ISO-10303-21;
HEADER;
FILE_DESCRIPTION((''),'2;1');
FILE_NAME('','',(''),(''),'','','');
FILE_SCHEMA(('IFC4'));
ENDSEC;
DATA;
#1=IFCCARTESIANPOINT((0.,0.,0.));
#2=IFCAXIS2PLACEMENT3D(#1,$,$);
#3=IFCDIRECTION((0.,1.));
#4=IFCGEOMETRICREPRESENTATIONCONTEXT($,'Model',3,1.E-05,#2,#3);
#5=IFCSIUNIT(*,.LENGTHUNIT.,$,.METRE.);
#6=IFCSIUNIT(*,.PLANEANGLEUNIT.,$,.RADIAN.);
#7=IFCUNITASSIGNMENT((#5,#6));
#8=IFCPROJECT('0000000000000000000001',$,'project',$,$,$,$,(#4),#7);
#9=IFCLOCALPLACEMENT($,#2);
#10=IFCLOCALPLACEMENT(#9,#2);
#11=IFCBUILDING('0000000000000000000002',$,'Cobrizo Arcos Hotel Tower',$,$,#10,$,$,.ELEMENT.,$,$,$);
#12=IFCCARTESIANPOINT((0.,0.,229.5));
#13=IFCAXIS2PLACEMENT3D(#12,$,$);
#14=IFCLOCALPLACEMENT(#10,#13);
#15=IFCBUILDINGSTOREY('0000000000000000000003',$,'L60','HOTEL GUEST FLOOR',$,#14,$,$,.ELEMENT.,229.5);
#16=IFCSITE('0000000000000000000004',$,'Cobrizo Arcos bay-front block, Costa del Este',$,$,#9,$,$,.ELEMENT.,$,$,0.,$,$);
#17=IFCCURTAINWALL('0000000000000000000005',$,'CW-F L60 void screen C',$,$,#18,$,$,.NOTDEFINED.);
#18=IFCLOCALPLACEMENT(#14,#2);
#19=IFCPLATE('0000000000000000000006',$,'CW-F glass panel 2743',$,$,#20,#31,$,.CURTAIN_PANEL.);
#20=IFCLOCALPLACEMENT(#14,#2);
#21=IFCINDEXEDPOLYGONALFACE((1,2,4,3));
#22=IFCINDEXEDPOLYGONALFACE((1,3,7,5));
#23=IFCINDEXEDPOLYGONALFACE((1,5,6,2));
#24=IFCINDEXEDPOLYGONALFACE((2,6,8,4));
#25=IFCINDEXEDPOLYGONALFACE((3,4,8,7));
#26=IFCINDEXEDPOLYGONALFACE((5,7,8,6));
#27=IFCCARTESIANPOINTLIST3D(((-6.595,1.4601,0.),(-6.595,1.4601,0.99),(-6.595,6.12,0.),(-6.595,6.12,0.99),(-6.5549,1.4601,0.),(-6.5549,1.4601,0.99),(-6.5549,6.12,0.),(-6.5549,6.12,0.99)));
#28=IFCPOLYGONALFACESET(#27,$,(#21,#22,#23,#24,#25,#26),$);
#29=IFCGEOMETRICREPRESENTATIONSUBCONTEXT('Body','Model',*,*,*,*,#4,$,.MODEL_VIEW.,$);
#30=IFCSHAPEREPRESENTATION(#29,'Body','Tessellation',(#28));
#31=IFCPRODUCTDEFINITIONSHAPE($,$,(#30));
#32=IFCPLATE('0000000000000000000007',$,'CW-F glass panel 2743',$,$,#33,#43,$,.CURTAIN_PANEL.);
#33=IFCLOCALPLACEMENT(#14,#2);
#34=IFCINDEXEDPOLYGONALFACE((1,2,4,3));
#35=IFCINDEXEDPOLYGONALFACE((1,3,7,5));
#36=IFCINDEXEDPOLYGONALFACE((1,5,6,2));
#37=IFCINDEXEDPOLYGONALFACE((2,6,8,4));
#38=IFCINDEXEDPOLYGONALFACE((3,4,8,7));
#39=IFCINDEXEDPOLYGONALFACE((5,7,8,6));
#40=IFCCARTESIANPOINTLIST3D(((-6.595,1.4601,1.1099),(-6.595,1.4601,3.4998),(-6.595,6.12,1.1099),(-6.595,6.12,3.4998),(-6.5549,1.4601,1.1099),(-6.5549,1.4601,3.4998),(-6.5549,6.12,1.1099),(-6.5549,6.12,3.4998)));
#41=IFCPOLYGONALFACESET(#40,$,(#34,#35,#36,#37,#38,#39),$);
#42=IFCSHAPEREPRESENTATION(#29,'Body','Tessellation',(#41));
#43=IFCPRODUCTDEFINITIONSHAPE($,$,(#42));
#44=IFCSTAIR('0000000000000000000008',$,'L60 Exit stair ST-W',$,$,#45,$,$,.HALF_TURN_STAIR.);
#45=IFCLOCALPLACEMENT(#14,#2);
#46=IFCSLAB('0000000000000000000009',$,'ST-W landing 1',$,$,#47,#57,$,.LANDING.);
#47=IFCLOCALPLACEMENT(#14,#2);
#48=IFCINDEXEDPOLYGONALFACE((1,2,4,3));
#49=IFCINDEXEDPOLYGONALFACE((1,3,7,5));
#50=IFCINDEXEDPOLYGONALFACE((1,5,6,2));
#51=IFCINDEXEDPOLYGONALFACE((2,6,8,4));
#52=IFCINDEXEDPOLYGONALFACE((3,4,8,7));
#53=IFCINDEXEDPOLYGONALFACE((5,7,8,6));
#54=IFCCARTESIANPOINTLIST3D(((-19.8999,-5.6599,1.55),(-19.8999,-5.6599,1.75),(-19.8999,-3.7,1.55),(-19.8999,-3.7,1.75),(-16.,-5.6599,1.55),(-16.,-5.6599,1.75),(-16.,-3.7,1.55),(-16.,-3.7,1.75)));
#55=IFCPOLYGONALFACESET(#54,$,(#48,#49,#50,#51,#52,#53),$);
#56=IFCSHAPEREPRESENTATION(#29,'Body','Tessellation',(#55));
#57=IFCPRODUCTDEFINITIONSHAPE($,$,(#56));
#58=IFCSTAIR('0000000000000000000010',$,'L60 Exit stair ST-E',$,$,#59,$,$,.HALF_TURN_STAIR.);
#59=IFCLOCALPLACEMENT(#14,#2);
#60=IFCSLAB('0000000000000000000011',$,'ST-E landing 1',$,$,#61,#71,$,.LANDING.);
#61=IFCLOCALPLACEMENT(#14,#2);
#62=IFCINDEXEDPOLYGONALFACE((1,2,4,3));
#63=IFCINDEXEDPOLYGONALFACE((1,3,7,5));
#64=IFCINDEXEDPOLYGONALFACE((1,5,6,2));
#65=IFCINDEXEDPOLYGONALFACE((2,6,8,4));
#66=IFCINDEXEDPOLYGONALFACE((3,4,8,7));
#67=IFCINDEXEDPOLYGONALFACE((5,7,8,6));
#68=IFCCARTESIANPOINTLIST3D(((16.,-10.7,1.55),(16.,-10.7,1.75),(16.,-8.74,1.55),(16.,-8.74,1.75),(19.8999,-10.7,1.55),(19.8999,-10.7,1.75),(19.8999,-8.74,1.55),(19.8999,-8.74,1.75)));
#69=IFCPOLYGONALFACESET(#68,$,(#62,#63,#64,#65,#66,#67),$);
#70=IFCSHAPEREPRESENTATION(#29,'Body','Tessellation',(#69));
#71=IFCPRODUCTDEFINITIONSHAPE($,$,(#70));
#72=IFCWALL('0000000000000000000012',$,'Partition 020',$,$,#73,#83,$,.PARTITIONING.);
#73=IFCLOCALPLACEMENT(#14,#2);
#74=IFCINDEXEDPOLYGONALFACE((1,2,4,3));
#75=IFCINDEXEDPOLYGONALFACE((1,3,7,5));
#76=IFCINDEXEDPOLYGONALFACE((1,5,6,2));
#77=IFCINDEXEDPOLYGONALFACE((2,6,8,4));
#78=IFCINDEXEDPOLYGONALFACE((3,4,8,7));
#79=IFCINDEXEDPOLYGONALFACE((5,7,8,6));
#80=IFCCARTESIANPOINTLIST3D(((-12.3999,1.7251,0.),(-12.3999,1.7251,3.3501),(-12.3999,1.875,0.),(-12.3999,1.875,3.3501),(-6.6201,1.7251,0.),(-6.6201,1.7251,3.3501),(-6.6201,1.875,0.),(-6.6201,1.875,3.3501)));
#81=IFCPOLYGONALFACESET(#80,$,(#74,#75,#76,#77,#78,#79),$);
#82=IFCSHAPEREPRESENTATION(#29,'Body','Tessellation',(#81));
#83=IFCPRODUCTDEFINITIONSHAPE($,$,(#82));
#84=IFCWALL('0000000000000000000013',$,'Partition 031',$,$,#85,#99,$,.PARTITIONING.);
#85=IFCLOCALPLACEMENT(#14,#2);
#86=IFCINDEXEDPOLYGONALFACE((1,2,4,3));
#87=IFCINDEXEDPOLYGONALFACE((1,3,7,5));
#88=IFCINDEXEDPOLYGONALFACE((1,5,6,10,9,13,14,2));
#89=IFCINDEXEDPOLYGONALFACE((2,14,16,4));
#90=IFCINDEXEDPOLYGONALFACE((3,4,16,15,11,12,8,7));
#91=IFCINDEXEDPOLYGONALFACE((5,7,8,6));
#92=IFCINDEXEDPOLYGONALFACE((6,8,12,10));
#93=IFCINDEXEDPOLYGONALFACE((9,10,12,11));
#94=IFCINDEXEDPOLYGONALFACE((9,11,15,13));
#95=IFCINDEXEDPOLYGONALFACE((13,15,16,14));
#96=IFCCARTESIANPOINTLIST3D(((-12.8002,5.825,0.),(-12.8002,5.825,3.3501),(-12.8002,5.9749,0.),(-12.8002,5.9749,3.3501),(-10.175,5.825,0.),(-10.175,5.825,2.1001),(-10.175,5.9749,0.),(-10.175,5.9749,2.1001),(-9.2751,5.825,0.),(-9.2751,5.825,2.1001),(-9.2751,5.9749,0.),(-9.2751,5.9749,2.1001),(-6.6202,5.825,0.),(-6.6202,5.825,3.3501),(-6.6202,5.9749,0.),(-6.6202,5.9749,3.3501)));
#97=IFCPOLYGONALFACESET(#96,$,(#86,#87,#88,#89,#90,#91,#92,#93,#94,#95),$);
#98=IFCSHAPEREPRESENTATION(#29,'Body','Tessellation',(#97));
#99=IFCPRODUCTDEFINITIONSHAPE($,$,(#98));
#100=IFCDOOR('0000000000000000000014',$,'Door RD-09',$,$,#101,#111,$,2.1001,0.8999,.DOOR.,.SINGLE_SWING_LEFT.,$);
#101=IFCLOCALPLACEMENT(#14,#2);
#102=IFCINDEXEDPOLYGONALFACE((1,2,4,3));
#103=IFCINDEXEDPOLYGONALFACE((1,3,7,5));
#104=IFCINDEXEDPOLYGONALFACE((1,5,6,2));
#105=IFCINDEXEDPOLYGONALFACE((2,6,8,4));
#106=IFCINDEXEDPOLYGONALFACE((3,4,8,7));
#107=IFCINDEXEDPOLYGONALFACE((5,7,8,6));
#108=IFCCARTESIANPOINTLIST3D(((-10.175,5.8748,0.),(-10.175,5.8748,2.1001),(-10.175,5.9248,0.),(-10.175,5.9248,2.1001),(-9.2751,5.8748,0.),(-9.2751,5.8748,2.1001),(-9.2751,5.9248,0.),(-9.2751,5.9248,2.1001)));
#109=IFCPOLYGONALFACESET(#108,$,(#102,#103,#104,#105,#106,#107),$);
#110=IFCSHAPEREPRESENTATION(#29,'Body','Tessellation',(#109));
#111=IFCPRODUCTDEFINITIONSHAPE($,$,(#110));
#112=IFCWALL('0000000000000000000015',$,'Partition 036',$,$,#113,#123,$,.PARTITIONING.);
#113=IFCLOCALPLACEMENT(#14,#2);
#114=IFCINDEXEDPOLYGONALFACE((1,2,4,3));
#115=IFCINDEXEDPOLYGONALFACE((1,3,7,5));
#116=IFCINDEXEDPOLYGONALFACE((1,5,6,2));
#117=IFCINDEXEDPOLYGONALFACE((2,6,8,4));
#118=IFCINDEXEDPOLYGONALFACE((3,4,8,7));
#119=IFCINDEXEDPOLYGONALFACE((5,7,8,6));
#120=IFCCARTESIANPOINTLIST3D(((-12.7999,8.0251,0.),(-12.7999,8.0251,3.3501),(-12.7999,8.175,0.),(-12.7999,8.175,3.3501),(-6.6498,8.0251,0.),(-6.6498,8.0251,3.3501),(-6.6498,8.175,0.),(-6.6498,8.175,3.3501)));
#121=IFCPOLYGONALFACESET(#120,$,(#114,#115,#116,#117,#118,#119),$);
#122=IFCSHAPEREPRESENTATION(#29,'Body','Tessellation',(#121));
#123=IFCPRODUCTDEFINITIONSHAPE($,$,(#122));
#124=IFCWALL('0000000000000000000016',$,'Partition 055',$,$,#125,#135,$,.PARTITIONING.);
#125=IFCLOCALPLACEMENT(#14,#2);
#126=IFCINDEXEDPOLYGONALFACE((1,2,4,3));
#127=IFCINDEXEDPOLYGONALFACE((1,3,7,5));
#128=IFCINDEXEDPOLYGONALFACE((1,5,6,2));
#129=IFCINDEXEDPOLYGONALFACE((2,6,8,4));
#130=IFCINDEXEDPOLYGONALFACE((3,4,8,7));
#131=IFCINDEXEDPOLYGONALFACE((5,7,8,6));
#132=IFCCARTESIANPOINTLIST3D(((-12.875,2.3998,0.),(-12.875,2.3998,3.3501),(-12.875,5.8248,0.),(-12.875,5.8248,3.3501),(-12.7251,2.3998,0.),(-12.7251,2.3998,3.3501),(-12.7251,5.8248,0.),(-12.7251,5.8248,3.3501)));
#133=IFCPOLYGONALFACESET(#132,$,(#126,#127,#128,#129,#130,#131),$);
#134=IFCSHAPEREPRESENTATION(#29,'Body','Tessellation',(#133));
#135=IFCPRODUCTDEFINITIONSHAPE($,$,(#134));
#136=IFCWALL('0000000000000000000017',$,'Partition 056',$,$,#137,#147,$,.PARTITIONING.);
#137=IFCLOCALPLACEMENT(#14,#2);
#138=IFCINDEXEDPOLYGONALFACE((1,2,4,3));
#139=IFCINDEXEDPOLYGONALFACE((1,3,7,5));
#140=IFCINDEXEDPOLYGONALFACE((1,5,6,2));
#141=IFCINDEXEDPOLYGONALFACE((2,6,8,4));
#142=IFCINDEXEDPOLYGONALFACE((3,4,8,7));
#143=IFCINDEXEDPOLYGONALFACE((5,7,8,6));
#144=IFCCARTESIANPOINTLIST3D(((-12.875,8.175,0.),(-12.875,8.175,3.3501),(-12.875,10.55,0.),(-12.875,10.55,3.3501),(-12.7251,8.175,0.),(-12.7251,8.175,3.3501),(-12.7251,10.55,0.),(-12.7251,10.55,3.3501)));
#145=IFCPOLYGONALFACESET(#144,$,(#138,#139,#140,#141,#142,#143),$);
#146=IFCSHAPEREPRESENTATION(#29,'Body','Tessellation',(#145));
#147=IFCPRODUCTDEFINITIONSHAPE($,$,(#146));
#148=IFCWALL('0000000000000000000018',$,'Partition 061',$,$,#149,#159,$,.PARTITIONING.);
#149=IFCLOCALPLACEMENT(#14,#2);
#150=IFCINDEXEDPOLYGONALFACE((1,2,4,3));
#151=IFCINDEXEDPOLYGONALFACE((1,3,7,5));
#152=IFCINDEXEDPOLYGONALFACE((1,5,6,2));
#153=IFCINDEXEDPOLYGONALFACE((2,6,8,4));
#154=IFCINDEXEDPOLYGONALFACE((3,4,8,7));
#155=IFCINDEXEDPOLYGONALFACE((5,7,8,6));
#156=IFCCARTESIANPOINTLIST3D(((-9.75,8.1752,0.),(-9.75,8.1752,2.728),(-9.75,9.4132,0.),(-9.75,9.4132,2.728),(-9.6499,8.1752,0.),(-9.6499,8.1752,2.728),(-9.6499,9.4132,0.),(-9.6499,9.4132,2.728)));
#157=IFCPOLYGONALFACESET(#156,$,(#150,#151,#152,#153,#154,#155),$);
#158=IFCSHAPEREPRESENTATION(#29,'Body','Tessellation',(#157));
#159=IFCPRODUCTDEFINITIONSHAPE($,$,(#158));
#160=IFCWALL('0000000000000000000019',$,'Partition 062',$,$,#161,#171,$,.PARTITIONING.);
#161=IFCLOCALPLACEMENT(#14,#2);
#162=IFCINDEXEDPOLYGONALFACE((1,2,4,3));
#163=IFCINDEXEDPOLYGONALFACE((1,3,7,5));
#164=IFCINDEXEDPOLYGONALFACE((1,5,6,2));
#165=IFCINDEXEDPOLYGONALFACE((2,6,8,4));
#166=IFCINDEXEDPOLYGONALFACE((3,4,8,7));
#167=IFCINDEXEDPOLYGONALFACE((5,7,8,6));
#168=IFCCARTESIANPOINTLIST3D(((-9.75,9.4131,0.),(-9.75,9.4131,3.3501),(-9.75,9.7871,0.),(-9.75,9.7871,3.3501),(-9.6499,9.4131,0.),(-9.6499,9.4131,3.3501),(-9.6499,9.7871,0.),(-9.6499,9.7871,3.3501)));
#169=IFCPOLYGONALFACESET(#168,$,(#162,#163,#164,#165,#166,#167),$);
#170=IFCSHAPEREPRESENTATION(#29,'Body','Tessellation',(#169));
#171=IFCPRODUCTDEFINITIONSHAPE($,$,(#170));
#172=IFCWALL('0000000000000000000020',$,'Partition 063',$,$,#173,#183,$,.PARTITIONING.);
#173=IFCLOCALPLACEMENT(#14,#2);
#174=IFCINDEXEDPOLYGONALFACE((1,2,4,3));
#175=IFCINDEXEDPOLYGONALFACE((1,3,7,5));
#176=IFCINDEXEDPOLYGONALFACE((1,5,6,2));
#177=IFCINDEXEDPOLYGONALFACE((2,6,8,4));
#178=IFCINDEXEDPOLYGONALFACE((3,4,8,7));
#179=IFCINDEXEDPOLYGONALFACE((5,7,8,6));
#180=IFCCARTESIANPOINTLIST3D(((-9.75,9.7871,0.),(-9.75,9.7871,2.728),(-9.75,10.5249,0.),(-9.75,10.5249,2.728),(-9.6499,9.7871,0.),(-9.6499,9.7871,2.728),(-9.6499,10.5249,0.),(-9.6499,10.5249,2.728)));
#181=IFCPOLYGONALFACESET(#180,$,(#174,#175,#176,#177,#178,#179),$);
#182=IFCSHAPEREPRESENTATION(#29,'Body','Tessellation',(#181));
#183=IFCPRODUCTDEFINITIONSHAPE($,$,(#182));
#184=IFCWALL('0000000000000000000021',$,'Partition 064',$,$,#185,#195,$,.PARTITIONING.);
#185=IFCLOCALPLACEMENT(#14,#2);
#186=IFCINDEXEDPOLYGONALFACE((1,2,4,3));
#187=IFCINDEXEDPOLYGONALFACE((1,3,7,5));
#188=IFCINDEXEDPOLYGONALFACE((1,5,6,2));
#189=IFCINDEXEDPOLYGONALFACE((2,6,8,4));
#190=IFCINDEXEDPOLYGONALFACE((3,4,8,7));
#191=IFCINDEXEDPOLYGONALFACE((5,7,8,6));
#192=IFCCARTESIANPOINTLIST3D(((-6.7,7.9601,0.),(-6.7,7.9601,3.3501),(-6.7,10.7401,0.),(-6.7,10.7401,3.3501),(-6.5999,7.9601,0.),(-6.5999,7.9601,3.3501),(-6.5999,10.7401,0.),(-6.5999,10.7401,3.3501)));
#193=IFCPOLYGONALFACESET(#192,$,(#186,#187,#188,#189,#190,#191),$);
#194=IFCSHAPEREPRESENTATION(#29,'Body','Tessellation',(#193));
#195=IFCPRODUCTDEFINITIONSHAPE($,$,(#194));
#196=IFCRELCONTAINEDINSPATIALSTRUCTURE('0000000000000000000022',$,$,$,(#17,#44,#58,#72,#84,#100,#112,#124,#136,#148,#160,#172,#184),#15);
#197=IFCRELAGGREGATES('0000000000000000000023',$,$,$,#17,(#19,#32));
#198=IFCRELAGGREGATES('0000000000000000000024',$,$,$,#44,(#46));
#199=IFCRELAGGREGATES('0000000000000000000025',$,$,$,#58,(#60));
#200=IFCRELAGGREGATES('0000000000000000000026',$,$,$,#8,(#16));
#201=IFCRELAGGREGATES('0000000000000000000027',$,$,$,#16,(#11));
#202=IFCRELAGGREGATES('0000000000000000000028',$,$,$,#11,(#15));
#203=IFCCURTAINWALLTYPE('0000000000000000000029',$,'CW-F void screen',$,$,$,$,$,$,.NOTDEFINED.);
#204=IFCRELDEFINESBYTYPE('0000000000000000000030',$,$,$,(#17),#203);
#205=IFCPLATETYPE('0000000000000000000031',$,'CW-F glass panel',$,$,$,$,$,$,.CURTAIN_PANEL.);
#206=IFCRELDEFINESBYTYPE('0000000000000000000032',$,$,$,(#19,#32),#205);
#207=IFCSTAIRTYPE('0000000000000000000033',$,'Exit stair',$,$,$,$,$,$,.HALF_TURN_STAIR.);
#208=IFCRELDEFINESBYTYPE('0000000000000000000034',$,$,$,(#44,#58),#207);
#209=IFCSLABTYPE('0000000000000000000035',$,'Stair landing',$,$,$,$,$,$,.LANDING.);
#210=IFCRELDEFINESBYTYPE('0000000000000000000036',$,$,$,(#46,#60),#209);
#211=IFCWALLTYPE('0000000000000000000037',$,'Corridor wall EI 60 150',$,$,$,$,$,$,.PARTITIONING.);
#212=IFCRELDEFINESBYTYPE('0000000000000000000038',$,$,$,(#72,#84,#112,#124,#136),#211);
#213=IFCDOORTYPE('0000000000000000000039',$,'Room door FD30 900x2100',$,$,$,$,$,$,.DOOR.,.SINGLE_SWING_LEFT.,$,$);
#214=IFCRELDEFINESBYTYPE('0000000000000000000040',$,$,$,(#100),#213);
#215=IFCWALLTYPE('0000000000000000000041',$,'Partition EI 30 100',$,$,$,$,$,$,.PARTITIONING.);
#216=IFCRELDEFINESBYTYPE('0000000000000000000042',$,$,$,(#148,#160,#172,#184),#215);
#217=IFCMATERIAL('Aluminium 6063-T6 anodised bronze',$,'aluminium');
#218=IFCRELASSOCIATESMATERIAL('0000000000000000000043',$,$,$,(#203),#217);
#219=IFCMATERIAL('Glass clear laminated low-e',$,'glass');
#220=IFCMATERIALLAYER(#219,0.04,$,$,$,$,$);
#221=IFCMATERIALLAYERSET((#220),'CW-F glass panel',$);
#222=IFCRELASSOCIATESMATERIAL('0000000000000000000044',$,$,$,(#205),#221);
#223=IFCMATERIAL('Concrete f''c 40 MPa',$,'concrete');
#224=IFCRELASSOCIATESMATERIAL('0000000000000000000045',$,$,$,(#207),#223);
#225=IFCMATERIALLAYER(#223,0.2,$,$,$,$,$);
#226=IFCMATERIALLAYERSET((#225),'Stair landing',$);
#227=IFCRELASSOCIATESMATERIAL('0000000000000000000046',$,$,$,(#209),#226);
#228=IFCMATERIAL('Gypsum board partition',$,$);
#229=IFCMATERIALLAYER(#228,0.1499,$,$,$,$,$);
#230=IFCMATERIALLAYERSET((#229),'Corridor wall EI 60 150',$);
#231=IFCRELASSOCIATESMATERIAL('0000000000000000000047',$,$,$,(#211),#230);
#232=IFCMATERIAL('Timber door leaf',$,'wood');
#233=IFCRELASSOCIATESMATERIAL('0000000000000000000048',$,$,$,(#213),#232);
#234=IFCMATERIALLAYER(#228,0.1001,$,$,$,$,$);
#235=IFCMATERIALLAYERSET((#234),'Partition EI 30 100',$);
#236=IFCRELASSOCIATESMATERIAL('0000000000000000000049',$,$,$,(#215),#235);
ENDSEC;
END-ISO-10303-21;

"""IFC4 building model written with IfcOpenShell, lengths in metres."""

from ifc_helpers import new_model, si_unit, direction, frame, frame_2d, origin, origin_2d, place, context, subcontext, project, spatial, polyline, rectangle, outline, extrude, material, layer, layer_set, type_object, element, fill, aggregate, save


model = new_model("IFC4")

# Units and contexts
model_context = context("Model", 3, precision=1e-05, world=origin(), true_north=direction((0.0, 1.0)))
body_context = subcontext(model_context, "Body", "Model", "MODEL_VIEW")
ifc_project = project(units=[si_unit("LENGTHUNIT", "METRE"), si_unit("PLANEANGLEUNIT", "RADIAN")], contexts=[model_context])

# Site, building, storey
site_placement = place(None, origin())
site = spatial("IfcSite", under=ifc_project, at=site_placement, Name="Cobrizo Arcos bay-front block, Costa del Este", CompositionType="ELEMENT", RefElevation=0.0)
building_placement = place(site_placement, origin())
building = spatial("IfcBuilding", under=site, at=building_placement, Name="Cobrizo Arcos Hotel Tower", CompositionType="ELEMENT")
storey_placement = place(building_placement, frame((0.0, 0.0, 229.5)))
storey = spatial("IfcBuildingStorey", under=building, at=storey_placement, Name="L60", Description="HOTEL GUEST FLOOR", CompositionType="ELEMENT", Elevation=229.5)

# Curtain wall
ifc_material_1 = material(Name="Aluminium 6063-T6 anodised bronze", Category="aluminium")
curtain_wall_type = type_object("IfcCurtainWallType", Name="CW-F void screen", PredefinedType="NOTDEFINED", material=ifc_material_1)
curtain_wall_placement = place(storey_placement, origin())
curtain_wall = element("IfcCurtainWall", 1, at=curtain_wall_placement, inside=storey, type_object=curtain_wall_type, Name="CW-F L60 void screen C", PredefinedType="NOTDEFINED")

# Plates
ifc_material_2 = material(Name="Glass clear laminated low-e", Category="glass")
ifc_layer_1 = layer(ifc_material_2, 0.04)
ifc_layer_set_1 = layer_set([ifc_layer_1], Name="CW-F glass panel")
plate_type = type_object("IfcPlateType", Name="CW-F glass panel", PredefinedType="CURTAIN_PANEL", material=ifc_layer_set_1)
plate_1_placement = place(storey_placement, frame((-6.575, 3.79, 0.0), z_axis=(0.0, 0.0, 1.0), x_axis=(0.0, -1.0, 0.0)))
plate_1 = element("IfcPlate", 2, at=plate_1_placement, type_object=plate_type, Name="CW-F glass panel 2743", PredefinedType="CURTAIN_PANEL", context=body_context, shape_type="SweptSolid", body=[
    extrude(rectangle(XDim=4.6599, YDim=0.04, at=origin_2d()), origin(), (0.0, 0.0, 1.0), 0.99),
])
plate_2_placement = place(storey_placement, frame((-6.575, 3.79, 1.1099), z_axis=(0.0, 0.0, 1.0), x_axis=(0.0, -1.0, 0.0)))
plate_2 = element("IfcPlate", 3, at=plate_2_placement, type_object=plate_type, Name="CW-F glass panel 2743", PredefinedType="CURTAIN_PANEL", context=body_context, shape_type="SweptSolid", body=[
    extrude(rectangle(XDim=4.6599, YDim=0.04, at=origin_2d()), origin(), (0.0, 0.0, 1.0), 2.3899),
])
aggregate(curtain_wall, [plate_1, plate_2])

# Stairs, slabs
ifc_material_3 = material(Name="Concrete f'c 40 MPa", Category="concrete")
stair_type = type_object("IfcStairType", Name="Exit stair", PredefinedType="HALF_TURN_STAIR", material=ifc_material_3)
stair_1_placement = place(storey_placement, origin())
stair_1 = element("IfcStair", 4, at=stair_1_placement, inside=storey, type_object=stair_type, Name="L60 Exit stair ST-W", PredefinedType="HALF_TURN_STAIR")
ifc_layer_2 = layer(ifc_material_3, 0.2)
ifc_layer_set_2 = layer_set([ifc_layer_2], Name="Stair landing")
slab_type = type_object("IfcSlabType", Name="Stair landing", PredefinedType="LANDING", material=ifc_layer_set_2)
slab_1_placement = place(storey_placement, frame((0.0, 0.0, 1.55)))
slab_1 = element("IfcSlab", 5, at=slab_1_placement, type_object=slab_type, Name="ST-W landing 1", PredefinedType="LANDING", context=body_context, shape_type="SweptSolid", body=[
    extrude(outline(polyline([(-16.0, -5.6599), (-16.0, -3.7), (-19.8999, -3.7), (-19.8999, -5.6599), (-16.0, -5.6599)])), origin(), (0.0, 0.0, 1.0), 0.2),
])
aggregate(stair_1, [slab_1])
stair_2_placement = place(storey_placement, origin())
stair_2 = element("IfcStair", 6, at=stair_2_placement, inside=storey, type_object=stair_type, Name="L60 Exit stair ST-E", PredefinedType="HALF_TURN_STAIR")
slab_2_placement = place(storey_placement, frame((0.0, 0.0, 1.55)))
slab_2 = element("IfcSlab", 7, at=slab_2_placement, type_object=slab_type, Name="ST-E landing 1", PredefinedType="LANDING", context=body_context, shape_type="SweptSolid", body=[
    extrude(outline(polyline([(16.0, -8.74), (16.0, -10.7), (19.8999, -10.7), (19.8999, -8.74), (16.0, -8.74)])), origin(), (0.0, 0.0, 1.0), 0.2),
])
aggregate(stair_2, [slab_2])

# Wall
ifc_material_4 = material(Name="Gypsum board partition")
ifc_layer_3 = layer(ifc_material_4, 0.1499)
ifc_layer_set_3 = layer_set([ifc_layer_3], Name="Corridor wall EI 60 150")
wall_type_1 = type_object("IfcWallType", Name="Corridor wall EI 60 150", PredefinedType="PARTITIONING", material=ifc_layer_set_3)
wall_1_placement = place(storey_placement, frame((-12.3999, 1.8, 0.0), z_axis=(0.0, 0.0, 1.0), x_axis=(1.0, 0.0, 0.0)))
element("IfcWall", 8, at=wall_1_placement, inside=storey, type_object=wall_type_1, Name="Partition 020", PredefinedType="PARTITIONING", context=body_context, shape_type="SweptSolid", body=[
    extrude(rectangle(XDim=5.7798, YDim=0.1499, at=frame_2d((2.8899, 0.0))), origin(), (0.0, 0.0, 1.0), 3.3501),
])

# Wall, opening, door
wall_2_placement = place(storey_placement, frame((-12.8, 5.8999, 0.0), z_axis=(0.0, 0.0, 1.0), x_axis=(1.0, 0.0, 0.0)))
wall_2 = element("IfcWall", 9, at=wall_2_placement, inside=storey, type_object=wall_type_1, Name="Partition 031", PredefinedType="PARTITIONING", context=body_context, shape_type="SweptSolid", body=[
    extrude(rectangle(XDim=6.1799, YDim=0.1499, at=frame_2d((3.0898, 0.0))), origin(), (0.0, 0.0, 1.0), 3.3501),
])
opening_placement = place(wall_2_placement, frame((2.625, 0.0, 0.0)))
opening = element("IfcOpeningElement", 10, at=opening_placement, cuts=wall_2, PredefinedType="OPENING", context=body_context, shape_type="SweptSolid", body=[
    extrude(rectangle(XDim=0.8999, YDim=2.1001, at=frame_2d((0.45, 1.05))), frame((0.0, 0.0869, 0.0), z_axis=(0.0, -1.0, 0.0), x_axis=(1.0, 0.0, 0.0)), (0.0, 0.0, 1.0), 0.1738),
])
ifc_material_5 = material(Name="Timber door leaf", Category="wood")
door_type = type_object("IfcDoorType", Name="Room door FD30 900x2100", OperationType="SINGLE_SWING_LEFT", PredefinedType="DOOR", material=ifc_material_5)
door_placement = place(opening_placement, origin())
door = element("IfcDoor", 11, at=door_placement, inside=storey, type_object=door_type, Name="Door RD-09", OperationType="SINGLE_SWING_LEFT", OverallHeight=2.1001, OverallWidth=0.8999, PredefinedType="DOOR", context=body_context, shape_type="SweptSolid", body=[
    extrude(rectangle(XDim=0.8999, YDim=2.1001, at=frame_2d((0.45, 1.05))), frame((0.0, 0.0249, 0.0), z_axis=(0.0, -1.0, 0.0), x_axis=(1.0, 0.0, 0.0)), (0.0, 0.0, 1.0), 0.05),
])
fill(opening, door)

# Walls
wall_3_placement = place(storey_placement, frame((-12.8, 8.1001, 0.0), z_axis=(0.0, 0.0, 1.0), x_axis=(1.0, 0.0, 0.0)))
element("IfcWall", 12, at=wall_3_placement, inside=storey, type_object=wall_type_1, Name="Partition 036", PredefinedType="PARTITIONING", context=body_context, shape_type="SweptSolid", body=[
    extrude(rectangle(XDim=6.1501, YDim=0.1499, at=frame_2d((3.0752, 0.0))), origin(), (0.0, 0.0, 1.0), 3.3501),
])
wall_4_placement = place(storey_placement, frame((-12.8, 2.3999, 0.0), z_axis=(0.0, 0.0, 1.0), x_axis=(0.0, 1.0, 0.0)))
element("IfcWall", 13, at=wall_4_placement, inside=storey, type_object=wall_type_1, Name="Partition 055", PredefinedType="PARTITIONING", context=body_context, shape_type="SweptSolid", body=[
    extrude(rectangle(XDim=3.425, YDim=0.1499, at=frame_2d((1.7124, 0.0))), origin(), (0.0, 0.0, 1.0), 3.3501),
])
wall_5_placement = place(storey_placement, frame((-12.8, 8.175, 0.0), z_axis=(0.0, 0.0, 1.0), x_axis=(0.0, 1.0, 0.0)))
element("IfcWall", 14, at=wall_5_placement, inside=storey, type_object=wall_type_1, Name="Partition 056", PredefinedType="PARTITIONING", context=body_context, shape_type="SweptSolid", body=[
    extrude(rectangle(XDim=2.375, YDim=0.1499, at=frame_2d((1.1875, 0.0))), origin(), (0.0, 0.0, 1.0), 3.3501),
])
ifc_layer_4 = layer(ifc_material_4, 0.1001)
ifc_layer_set_4 = layer_set([ifc_layer_4], Name="Partition EI 30 100")
wall_type_2 = type_object("IfcWallType", Name="Partition EI 30 100", PredefinedType="PARTITIONING", material=ifc_layer_set_4)
wall_6_placement = place(storey_placement, frame((-9.7, 8.175, 0.0), z_axis=(0.0, 0.0, 1.0), x_axis=(0.0, 1.0, 0.0)))
element("IfcWall", 15, at=wall_6_placement, inside=storey, type_object=wall_type_2, Name="Partition 061", PredefinedType="PARTITIONING", context=body_context, shape_type="SweptSolid", body=[
    extrude(rectangle(XDim=1.238, YDim=0.1001, at=frame_2d((0.6191, 0.0))), origin(), (0.0, 0.0, 1.0), 2.728),
])
wall_7_placement = place(storey_placement, frame((-9.7, 9.4131, 0.0), z_axis=(0.0, 0.0, 1.0), x_axis=(0.0, 1.0, 0.0)))
element("IfcWall", 16, at=wall_7_placement, inside=storey, type_object=wall_type_2, Name="Partition 062", PredefinedType="PARTITIONING", context=body_context, shape_type="SweptSolid", body=[
    extrude(rectangle(XDim=0.374, YDim=0.1001, at=frame_2d((0.187, 0.0))), origin(), (0.0, 0.0, 1.0), 3.3501),
])
wall_8_placement = place(storey_placement, frame((-9.7, 9.7871, 0.0), z_axis=(0.0, 0.0, 1.0), x_axis=(0.0, 1.0, 0.0)))
element("IfcWall", 17, at=wall_8_placement, inside=storey, type_object=wall_type_2, Name="Partition 063", PredefinedType="PARTITIONING", context=body_context, shape_type="SweptSolid", body=[
    extrude(rectangle(XDim=0.7378, YDim=0.1001, at=frame_2d((0.3689, 0.0))), origin(), (0.0, 0.0, 1.0), 2.728),
])
wall_9_placement = place(storey_placement, frame((-6.6499, 7.96, 0.0), z_axis=(0.0, 0.0, 1.0), x_axis=(0.0, 1.0, 0.0)))
element("IfcWall", 18, at=wall_9_placement, inside=storey, type_object=wall_type_2, Name="Partition 064", PredefinedType="PARTITIONING", context=body_context, shape_type="SweptSolid", body=[
    extrude(rectangle(XDim=2.78, YDim=0.1001, at=frame_2d((1.3901, 0.0))), origin(), (0.0, 0.0, 1.0), 3.3501),
])

save(model, "model.ifc")
